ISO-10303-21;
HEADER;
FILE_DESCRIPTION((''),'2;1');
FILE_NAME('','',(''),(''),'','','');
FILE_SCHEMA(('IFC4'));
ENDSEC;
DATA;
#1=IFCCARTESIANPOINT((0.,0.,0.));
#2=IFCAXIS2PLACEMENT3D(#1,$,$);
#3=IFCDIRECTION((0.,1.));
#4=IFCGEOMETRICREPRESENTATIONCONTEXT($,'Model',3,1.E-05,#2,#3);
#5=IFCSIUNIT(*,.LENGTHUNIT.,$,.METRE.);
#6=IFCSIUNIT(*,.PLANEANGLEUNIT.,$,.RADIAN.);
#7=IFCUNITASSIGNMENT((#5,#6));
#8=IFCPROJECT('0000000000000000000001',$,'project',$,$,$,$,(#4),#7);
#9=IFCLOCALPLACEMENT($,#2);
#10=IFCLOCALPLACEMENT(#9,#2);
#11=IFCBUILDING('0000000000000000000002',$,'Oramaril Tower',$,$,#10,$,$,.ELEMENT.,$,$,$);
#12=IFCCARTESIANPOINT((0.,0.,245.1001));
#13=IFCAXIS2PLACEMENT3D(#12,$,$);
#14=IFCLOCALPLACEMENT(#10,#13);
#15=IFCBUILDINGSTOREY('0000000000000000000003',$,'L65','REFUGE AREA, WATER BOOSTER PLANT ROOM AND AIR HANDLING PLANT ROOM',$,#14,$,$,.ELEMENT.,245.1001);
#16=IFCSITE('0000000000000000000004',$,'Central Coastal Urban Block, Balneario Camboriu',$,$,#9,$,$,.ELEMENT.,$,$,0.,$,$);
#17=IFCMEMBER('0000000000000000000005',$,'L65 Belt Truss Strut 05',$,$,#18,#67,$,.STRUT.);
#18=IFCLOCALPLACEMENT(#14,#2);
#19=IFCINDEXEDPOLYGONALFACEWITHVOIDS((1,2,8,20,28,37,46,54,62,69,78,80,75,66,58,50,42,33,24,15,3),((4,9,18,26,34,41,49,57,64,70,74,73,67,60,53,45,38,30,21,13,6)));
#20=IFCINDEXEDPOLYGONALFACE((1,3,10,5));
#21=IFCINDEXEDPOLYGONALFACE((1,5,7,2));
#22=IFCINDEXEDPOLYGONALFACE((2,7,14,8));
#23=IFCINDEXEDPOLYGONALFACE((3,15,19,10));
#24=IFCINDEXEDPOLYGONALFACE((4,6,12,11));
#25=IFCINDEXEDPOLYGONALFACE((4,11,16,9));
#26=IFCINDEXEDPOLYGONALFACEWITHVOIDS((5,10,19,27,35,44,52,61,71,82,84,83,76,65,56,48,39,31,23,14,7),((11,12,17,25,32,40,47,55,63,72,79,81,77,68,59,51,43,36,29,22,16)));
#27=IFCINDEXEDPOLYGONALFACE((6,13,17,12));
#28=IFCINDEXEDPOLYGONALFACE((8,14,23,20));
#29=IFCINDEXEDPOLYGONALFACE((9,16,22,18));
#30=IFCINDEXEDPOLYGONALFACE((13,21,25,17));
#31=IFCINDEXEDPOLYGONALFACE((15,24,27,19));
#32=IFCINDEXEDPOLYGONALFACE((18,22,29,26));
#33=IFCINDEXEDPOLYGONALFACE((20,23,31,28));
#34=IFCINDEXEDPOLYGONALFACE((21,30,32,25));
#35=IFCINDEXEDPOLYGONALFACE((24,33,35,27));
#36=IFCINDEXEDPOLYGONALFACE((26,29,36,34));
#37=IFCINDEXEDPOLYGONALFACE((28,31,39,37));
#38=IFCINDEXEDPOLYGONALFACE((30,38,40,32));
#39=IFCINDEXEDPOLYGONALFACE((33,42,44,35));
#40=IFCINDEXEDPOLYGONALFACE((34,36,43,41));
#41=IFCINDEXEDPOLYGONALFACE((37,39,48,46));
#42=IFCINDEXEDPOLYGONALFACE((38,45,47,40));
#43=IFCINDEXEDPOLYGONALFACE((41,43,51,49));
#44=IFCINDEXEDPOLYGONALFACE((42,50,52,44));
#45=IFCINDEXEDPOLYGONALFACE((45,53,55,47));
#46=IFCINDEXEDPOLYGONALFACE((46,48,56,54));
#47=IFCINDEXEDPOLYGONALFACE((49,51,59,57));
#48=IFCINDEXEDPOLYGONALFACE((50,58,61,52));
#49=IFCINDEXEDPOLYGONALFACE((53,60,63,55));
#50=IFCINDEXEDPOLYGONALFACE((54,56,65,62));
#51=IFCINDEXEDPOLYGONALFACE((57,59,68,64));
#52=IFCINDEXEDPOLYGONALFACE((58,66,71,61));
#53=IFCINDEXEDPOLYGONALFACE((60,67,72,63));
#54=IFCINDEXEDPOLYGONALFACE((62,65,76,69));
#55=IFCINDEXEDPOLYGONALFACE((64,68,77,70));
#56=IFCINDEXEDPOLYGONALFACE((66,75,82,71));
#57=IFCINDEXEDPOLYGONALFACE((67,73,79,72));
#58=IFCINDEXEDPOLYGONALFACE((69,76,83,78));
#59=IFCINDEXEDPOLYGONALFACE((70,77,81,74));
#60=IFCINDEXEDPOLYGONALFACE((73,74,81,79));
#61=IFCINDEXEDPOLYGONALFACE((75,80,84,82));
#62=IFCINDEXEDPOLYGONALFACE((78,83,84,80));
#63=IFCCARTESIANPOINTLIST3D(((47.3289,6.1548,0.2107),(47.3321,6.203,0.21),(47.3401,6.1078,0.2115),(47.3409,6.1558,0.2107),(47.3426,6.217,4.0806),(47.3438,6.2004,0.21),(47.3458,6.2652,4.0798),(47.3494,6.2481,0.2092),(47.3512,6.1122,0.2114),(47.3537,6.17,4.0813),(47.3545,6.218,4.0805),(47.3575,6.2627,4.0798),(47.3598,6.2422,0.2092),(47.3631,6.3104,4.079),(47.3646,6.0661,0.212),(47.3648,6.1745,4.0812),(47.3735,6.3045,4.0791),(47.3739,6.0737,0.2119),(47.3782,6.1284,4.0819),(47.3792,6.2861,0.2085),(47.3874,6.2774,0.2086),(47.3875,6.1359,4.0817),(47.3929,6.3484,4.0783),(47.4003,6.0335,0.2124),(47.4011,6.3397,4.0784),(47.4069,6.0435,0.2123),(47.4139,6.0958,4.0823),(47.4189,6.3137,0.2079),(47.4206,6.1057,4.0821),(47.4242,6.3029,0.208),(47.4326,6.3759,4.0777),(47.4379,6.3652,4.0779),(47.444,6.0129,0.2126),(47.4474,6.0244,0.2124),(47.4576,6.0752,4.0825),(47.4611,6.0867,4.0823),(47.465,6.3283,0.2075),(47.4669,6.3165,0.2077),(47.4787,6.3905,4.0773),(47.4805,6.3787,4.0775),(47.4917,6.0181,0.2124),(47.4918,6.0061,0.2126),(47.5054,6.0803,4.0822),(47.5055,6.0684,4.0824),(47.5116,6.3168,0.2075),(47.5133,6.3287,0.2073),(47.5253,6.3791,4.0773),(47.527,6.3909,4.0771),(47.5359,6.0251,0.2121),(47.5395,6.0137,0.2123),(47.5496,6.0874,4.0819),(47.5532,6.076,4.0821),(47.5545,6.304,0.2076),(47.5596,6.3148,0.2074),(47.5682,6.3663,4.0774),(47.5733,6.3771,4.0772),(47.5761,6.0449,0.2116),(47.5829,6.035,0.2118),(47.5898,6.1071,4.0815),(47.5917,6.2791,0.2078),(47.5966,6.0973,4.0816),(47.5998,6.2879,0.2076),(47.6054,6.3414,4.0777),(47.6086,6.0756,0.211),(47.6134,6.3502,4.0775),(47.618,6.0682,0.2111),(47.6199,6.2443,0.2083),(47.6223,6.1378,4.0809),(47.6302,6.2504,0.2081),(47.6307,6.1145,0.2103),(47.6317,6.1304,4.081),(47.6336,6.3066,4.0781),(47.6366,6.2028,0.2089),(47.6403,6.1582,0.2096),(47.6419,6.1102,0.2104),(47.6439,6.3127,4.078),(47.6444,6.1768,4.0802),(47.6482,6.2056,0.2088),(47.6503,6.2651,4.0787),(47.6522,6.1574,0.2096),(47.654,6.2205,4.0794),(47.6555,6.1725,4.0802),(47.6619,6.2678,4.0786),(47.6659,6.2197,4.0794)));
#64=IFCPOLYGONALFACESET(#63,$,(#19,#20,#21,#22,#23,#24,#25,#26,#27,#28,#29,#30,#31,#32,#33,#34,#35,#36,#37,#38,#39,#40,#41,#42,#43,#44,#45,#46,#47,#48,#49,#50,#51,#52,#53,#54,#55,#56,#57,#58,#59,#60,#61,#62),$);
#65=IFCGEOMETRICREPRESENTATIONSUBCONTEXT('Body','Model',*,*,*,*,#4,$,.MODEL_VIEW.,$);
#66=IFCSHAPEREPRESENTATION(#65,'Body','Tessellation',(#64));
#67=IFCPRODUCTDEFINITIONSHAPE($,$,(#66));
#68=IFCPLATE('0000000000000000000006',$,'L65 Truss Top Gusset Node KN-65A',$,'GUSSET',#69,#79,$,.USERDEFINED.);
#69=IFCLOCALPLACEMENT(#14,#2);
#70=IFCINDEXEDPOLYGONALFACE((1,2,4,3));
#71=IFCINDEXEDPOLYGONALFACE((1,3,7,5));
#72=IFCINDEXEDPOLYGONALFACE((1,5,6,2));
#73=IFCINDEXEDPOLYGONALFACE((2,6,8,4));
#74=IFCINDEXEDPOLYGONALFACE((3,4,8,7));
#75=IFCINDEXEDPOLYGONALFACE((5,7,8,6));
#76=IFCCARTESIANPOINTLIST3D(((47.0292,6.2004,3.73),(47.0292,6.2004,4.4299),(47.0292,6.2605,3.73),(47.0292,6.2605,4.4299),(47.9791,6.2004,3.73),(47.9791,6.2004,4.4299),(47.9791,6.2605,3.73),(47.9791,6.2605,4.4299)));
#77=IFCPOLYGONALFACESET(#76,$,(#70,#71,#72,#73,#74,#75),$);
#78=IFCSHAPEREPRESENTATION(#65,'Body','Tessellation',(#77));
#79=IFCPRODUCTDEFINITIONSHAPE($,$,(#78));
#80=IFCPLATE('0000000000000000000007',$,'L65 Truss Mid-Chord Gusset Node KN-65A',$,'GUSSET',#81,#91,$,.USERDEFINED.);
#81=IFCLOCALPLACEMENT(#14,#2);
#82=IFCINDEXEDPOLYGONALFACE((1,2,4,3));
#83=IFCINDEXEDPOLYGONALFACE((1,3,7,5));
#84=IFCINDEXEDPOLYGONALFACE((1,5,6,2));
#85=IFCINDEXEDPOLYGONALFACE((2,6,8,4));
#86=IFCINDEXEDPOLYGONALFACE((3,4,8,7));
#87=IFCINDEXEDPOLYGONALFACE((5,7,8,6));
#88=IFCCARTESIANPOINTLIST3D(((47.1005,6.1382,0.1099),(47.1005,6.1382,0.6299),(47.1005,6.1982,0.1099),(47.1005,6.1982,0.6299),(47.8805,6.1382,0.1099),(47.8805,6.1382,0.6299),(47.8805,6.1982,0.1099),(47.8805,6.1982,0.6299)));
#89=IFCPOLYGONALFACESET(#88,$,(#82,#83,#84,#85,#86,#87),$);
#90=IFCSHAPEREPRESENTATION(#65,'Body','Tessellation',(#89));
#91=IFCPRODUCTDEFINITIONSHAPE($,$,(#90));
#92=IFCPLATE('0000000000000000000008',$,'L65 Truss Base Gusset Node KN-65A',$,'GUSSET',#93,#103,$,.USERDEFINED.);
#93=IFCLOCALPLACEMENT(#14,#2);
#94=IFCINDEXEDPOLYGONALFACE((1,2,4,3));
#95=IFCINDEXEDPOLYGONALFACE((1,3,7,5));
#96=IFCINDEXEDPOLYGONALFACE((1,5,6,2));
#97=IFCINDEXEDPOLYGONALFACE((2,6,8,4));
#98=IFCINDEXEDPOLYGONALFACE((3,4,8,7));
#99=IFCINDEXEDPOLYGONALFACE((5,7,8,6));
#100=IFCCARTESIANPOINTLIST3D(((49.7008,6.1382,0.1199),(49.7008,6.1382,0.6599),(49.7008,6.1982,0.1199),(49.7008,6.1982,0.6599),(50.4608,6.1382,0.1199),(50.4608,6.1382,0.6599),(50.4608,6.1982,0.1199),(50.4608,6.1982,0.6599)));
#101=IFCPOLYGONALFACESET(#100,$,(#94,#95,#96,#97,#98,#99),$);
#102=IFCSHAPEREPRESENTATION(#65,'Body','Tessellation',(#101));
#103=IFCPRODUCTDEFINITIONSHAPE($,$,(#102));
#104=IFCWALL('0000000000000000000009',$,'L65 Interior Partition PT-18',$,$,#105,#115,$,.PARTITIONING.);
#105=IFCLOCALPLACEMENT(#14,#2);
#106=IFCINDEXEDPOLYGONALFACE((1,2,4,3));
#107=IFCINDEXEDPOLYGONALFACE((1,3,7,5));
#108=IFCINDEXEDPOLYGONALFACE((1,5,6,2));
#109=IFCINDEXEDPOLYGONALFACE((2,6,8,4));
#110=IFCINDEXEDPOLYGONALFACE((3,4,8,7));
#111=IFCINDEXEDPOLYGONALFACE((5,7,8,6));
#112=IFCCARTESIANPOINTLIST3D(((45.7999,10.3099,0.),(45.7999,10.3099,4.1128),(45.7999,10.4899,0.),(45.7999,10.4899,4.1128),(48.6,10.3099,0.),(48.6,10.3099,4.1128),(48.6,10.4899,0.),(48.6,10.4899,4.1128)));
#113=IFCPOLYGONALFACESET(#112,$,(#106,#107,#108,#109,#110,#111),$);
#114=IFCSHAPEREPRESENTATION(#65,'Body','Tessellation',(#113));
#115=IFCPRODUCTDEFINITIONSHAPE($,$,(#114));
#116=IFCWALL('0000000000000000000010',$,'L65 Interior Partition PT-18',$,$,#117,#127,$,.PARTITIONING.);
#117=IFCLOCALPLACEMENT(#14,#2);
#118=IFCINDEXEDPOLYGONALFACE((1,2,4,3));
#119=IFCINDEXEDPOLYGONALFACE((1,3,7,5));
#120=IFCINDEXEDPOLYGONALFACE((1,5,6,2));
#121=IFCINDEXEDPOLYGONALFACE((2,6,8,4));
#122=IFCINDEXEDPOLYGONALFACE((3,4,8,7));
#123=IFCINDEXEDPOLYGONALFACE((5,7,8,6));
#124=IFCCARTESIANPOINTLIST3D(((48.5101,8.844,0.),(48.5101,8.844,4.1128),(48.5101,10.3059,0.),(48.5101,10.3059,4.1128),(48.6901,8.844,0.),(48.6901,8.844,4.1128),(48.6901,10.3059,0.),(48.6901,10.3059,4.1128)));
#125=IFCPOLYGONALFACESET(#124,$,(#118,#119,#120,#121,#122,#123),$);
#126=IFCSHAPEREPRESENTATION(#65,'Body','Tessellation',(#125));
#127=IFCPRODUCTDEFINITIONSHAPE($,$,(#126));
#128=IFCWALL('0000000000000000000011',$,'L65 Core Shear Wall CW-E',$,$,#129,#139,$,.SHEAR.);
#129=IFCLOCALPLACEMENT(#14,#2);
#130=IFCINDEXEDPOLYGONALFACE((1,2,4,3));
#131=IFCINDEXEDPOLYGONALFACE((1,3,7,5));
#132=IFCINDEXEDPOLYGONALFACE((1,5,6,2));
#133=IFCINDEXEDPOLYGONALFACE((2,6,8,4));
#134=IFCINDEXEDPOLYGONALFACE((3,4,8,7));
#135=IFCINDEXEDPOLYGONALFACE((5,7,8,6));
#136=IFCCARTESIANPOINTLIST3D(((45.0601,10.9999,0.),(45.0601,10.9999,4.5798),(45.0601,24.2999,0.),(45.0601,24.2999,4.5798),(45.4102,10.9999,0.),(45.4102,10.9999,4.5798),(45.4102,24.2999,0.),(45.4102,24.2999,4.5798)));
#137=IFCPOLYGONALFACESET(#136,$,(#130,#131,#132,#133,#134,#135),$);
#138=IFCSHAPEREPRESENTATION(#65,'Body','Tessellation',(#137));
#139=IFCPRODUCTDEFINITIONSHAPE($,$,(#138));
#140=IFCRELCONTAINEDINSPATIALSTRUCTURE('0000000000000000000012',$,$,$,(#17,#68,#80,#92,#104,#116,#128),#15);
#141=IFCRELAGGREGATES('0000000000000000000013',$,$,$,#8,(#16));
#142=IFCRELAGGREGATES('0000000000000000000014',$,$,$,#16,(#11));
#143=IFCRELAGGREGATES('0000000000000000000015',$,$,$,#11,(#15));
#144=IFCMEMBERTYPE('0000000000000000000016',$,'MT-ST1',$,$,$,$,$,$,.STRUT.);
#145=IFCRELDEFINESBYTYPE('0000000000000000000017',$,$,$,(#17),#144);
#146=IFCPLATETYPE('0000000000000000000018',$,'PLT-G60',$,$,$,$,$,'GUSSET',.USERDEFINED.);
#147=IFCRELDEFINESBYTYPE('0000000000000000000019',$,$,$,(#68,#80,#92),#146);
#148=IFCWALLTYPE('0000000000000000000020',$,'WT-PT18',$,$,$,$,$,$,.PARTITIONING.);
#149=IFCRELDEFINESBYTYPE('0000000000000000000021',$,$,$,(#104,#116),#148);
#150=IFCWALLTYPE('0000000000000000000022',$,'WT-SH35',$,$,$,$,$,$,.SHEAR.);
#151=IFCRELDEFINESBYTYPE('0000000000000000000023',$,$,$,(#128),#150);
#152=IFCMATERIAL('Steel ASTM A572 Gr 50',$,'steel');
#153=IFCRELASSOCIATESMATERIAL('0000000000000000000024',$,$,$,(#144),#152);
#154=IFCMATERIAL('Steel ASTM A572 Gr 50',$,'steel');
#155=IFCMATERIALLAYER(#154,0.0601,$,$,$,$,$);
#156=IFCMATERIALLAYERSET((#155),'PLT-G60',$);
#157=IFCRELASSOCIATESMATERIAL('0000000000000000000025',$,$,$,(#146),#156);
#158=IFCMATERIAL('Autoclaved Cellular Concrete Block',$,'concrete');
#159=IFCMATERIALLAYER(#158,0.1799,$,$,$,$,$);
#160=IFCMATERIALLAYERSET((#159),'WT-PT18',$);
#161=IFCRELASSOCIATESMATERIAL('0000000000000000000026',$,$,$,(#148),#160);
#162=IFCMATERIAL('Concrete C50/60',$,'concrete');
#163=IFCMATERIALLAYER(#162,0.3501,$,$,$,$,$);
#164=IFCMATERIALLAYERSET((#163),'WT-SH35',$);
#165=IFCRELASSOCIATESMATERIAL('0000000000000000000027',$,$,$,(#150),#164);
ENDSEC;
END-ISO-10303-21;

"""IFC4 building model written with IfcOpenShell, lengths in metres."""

from ifc_helpers import new_model, si_unit, direction, frame, frame_2d, origin, origin_2d, place, context, subcontext, project, spatial, rectangle, hollow_circle, extrude, material, layer, layer_set, material_profile, profile_set, type_object, element, save


model = new_model("IFC4")

# Units and contexts
model_context = context("Model", 3, precision=1e-05, world=origin(), true_north=direction((0.0, 1.0)))
body_context = subcontext(model_context, "Body", "Model", "MODEL_VIEW")
ifc_project = project(units=[si_unit("LENGTHUNIT", "METRE"), si_unit("PLANEANGLEUNIT", "RADIAN")], contexts=[model_context])

# Site, building, storey
site_placement = place(None, origin())
site = spatial("IfcSite", under=ifc_project, at=site_placement, Name="Central Coastal Urban Block, Balneario Camboriu", CompositionType="ELEMENT", RefElevation=0.0)
building_placement = place(site_placement, origin())
building = spatial("IfcBuilding", under=site, at=building_placement, Name="Oramaril Tower", CompositionType="ELEMENT")
storey_placement = place(building_placement, frame((0.0, 0.0, 245.1001)))
storey = spatial("IfcBuildingStorey", under=building, at=storey_placement, Name="L65", Description="REFUGE AREA, WATER BOOSTER PLANT ROOM AND AIR HANDLING PLANT ROOM", CompositionType="ELEMENT", Elevation=245.1001)

# Member
ifc_material_1 = material(Name="Steel ASTM A572 Gr 50", Category="steel")
ifc_material_profile_1 = material_profile(ifc_material_1, hollow_circle(Radius=0.1621, WallThickness=0.012, at=origin_2d()), Name="CHS324X12")
ifc_profile_set_1 = profile_set([ifc_material_profile_1], Name="Steel ASTM A572 Gr 50")
member_type_1 = type_object("IfcMemberType", Name="MT-ST1", PredefinedType="STRUT", material=ifc_profile_set_1)
member_1_placement = place(storey_placement, frame((47.4905, 6.1682, 0.21), z_axis=(0.003532, 0.016085, 0.999864), x_axis=(-0.976725, 0.214496, 0.0)))
element("IfcMember", 1, at=member_1_placement, inside=storey, type_object=member_type_1, Name="L65 Belt Truss Strut 05", PredefinedType="STRUT", context=body_context, shape_type="SweptSolid", body=[
    extrude(hollow_circle(Radius=0.1621, WallThickness=0.012, at=origin_2d()), origin(), (0.0, 0.0, 1.0), 3.8704),
])

# Plates
ifc_material_2 = material(Name="Steel ASTM A572 Gr 50", Category="steel")
ifc_layer_1 = layer(ifc_material_2, 0.0601)
ifc_layer_set_1 = layer_set([ifc_layer_1], Name="PLT-G60")
plate_type = type_object("IfcPlateType", Name="PLT-G60", ElementType="GUSSET", PredefinedType="USERDEFINED", material=ifc_layer_set_1)
plate_1_placement = place(storey_placement, frame((47.5042, 6.2305, 3.73), z_axis=(0.0, 0.0, 1.0), x_axis=(1.0, 0.0, 0.0)))
element("IfcPlate", 2, at=plate_1_placement, inside=storey, type_object=plate_type, Name="L65 Truss Top Gusset Node KN-65A", ObjectType="GUSSET", PredefinedType="USERDEFINED", context=body_context, shape_type="SweptSolid", body=[
    extrude(rectangle(XDim=0.95, YDim=0.0601, at=origin_2d()), origin(), (0.0, 0.0, 1.0), 0.7),
])
plate_2_placement = place(storey_placement, frame((47.4905, 6.1682, 0.1099), z_axis=(0.0, 0.0, 1.0), x_axis=(1.0, 0.0, 0.0)))
element("IfcPlate", 3, at=plate_2_placement, inside=storey, type_object=plate_type, Name="L65 Truss Mid-Chord Gusset Node KN-65A", ObjectType="GUSSET", PredefinedType="USERDEFINED", context=body_context, shape_type="SweptSolid", body=[
    extrude(rectangle(XDim=0.78, YDim=0.0601, at=origin_2d()), origin(), (0.0, 0.0, 1.0), 0.52),
])
plate_3_placement = place(storey_placement, frame((50.0808, 6.1682, 0.1199), z_axis=(0.0, 0.0, 1.0), x_axis=(1.0, 0.0, 0.0)))
element("IfcPlate", 4, at=plate_3_placement, inside=storey, type_object=plate_type, Name="L65 Truss Base Gusset Node KN-65A", ObjectType="GUSSET", PredefinedType="USERDEFINED", context=body_context, shape_type="SweptSolid", body=[
    extrude(rectangle(XDim=0.76, YDim=0.0601, at=origin_2d()), origin(), (0.0, 0.0, 1.0), 0.54),
])

# Walls
ifc_material_3 = material(Name="Autoclaved Cellular Concrete Block", Category="concrete")
ifc_layer_2 = layer(ifc_material_3, 0.1799)
ifc_layer_set_2 = layer_set([ifc_layer_2], Name="WT-PT18")
wall_type_1 = type_object("IfcWallType", Name="WT-PT18", PredefinedType="PARTITIONING", material=ifc_layer_set_2)
wall_1_placement = place(storey_placement, frame((45.8, 10.3999, 0.0), z_axis=(0.0, 0.0, 1.0), x_axis=(1.0, 0.0, 0.0)))
element("IfcWall", 5, at=wall_1_placement, inside=storey, type_object=wall_type_1, Name="L65 Interior Partition PT-18", PredefinedType="PARTITIONING", context=body_context, shape_type="SweptSolid", body=[
    extrude(rectangle(XDim=2.8, YDim=0.1799, at=frame_2d((1.3999, 0.0))), origin(), (0.0, 0.0, 1.0), 4.1128),
])
wall_2_placement = place(storey_placement, frame((48.6001, 8.844, 0.0), z_axis=(0.0, 0.0, 1.0), x_axis=(0.0, 1.0, 0.0)))
element("IfcWall", 6, at=wall_2_placement, inside=storey, type_object=wall_type_1, Name="L65 Interior Partition PT-18", PredefinedType="PARTITIONING", context=body_context, shape_type="SweptSolid", body=[
    extrude(rectangle(XDim=1.4619, YDim=0.1799, at=frame_2d((0.731, 0.0))), origin(), (0.0, 0.0, 1.0), 4.1128),
])
ifc_material_4 = material(Name="Concrete C50/60", Category="concrete")
ifc_layer_3 = layer(ifc_material_4, 0.3501)
ifc_layer_set_3 = layer_set([ifc_layer_3], Name="WT-SH35")
wall_type_2 = type_object("IfcWallType", Name="WT-SH35", PredefinedType="SHEAR", material=ifc_layer_set_3)
wall_3_placement = place(storey_placement, frame((45.2351, 11.0, 0.0), z_axis=(0.0, 0.0, 1.0), x_axis=(0.0, 1.0, 0.0)))
element("IfcWall", 7, at=wall_3_placement, inside=storey, type_object=wall_type_2, Name="L65 Core Shear Wall CW-E", PredefinedType="SHEAR", context=body_context, shape_type="SweptSolid", body=[
    extrude(rectangle(XDim=13.3, YDim=0.3501, at=frame_2d((6.6499, 0.0))), origin(), (0.0, 0.0, 1.0), 4.5798),
])

save(model, "model.ifc")
